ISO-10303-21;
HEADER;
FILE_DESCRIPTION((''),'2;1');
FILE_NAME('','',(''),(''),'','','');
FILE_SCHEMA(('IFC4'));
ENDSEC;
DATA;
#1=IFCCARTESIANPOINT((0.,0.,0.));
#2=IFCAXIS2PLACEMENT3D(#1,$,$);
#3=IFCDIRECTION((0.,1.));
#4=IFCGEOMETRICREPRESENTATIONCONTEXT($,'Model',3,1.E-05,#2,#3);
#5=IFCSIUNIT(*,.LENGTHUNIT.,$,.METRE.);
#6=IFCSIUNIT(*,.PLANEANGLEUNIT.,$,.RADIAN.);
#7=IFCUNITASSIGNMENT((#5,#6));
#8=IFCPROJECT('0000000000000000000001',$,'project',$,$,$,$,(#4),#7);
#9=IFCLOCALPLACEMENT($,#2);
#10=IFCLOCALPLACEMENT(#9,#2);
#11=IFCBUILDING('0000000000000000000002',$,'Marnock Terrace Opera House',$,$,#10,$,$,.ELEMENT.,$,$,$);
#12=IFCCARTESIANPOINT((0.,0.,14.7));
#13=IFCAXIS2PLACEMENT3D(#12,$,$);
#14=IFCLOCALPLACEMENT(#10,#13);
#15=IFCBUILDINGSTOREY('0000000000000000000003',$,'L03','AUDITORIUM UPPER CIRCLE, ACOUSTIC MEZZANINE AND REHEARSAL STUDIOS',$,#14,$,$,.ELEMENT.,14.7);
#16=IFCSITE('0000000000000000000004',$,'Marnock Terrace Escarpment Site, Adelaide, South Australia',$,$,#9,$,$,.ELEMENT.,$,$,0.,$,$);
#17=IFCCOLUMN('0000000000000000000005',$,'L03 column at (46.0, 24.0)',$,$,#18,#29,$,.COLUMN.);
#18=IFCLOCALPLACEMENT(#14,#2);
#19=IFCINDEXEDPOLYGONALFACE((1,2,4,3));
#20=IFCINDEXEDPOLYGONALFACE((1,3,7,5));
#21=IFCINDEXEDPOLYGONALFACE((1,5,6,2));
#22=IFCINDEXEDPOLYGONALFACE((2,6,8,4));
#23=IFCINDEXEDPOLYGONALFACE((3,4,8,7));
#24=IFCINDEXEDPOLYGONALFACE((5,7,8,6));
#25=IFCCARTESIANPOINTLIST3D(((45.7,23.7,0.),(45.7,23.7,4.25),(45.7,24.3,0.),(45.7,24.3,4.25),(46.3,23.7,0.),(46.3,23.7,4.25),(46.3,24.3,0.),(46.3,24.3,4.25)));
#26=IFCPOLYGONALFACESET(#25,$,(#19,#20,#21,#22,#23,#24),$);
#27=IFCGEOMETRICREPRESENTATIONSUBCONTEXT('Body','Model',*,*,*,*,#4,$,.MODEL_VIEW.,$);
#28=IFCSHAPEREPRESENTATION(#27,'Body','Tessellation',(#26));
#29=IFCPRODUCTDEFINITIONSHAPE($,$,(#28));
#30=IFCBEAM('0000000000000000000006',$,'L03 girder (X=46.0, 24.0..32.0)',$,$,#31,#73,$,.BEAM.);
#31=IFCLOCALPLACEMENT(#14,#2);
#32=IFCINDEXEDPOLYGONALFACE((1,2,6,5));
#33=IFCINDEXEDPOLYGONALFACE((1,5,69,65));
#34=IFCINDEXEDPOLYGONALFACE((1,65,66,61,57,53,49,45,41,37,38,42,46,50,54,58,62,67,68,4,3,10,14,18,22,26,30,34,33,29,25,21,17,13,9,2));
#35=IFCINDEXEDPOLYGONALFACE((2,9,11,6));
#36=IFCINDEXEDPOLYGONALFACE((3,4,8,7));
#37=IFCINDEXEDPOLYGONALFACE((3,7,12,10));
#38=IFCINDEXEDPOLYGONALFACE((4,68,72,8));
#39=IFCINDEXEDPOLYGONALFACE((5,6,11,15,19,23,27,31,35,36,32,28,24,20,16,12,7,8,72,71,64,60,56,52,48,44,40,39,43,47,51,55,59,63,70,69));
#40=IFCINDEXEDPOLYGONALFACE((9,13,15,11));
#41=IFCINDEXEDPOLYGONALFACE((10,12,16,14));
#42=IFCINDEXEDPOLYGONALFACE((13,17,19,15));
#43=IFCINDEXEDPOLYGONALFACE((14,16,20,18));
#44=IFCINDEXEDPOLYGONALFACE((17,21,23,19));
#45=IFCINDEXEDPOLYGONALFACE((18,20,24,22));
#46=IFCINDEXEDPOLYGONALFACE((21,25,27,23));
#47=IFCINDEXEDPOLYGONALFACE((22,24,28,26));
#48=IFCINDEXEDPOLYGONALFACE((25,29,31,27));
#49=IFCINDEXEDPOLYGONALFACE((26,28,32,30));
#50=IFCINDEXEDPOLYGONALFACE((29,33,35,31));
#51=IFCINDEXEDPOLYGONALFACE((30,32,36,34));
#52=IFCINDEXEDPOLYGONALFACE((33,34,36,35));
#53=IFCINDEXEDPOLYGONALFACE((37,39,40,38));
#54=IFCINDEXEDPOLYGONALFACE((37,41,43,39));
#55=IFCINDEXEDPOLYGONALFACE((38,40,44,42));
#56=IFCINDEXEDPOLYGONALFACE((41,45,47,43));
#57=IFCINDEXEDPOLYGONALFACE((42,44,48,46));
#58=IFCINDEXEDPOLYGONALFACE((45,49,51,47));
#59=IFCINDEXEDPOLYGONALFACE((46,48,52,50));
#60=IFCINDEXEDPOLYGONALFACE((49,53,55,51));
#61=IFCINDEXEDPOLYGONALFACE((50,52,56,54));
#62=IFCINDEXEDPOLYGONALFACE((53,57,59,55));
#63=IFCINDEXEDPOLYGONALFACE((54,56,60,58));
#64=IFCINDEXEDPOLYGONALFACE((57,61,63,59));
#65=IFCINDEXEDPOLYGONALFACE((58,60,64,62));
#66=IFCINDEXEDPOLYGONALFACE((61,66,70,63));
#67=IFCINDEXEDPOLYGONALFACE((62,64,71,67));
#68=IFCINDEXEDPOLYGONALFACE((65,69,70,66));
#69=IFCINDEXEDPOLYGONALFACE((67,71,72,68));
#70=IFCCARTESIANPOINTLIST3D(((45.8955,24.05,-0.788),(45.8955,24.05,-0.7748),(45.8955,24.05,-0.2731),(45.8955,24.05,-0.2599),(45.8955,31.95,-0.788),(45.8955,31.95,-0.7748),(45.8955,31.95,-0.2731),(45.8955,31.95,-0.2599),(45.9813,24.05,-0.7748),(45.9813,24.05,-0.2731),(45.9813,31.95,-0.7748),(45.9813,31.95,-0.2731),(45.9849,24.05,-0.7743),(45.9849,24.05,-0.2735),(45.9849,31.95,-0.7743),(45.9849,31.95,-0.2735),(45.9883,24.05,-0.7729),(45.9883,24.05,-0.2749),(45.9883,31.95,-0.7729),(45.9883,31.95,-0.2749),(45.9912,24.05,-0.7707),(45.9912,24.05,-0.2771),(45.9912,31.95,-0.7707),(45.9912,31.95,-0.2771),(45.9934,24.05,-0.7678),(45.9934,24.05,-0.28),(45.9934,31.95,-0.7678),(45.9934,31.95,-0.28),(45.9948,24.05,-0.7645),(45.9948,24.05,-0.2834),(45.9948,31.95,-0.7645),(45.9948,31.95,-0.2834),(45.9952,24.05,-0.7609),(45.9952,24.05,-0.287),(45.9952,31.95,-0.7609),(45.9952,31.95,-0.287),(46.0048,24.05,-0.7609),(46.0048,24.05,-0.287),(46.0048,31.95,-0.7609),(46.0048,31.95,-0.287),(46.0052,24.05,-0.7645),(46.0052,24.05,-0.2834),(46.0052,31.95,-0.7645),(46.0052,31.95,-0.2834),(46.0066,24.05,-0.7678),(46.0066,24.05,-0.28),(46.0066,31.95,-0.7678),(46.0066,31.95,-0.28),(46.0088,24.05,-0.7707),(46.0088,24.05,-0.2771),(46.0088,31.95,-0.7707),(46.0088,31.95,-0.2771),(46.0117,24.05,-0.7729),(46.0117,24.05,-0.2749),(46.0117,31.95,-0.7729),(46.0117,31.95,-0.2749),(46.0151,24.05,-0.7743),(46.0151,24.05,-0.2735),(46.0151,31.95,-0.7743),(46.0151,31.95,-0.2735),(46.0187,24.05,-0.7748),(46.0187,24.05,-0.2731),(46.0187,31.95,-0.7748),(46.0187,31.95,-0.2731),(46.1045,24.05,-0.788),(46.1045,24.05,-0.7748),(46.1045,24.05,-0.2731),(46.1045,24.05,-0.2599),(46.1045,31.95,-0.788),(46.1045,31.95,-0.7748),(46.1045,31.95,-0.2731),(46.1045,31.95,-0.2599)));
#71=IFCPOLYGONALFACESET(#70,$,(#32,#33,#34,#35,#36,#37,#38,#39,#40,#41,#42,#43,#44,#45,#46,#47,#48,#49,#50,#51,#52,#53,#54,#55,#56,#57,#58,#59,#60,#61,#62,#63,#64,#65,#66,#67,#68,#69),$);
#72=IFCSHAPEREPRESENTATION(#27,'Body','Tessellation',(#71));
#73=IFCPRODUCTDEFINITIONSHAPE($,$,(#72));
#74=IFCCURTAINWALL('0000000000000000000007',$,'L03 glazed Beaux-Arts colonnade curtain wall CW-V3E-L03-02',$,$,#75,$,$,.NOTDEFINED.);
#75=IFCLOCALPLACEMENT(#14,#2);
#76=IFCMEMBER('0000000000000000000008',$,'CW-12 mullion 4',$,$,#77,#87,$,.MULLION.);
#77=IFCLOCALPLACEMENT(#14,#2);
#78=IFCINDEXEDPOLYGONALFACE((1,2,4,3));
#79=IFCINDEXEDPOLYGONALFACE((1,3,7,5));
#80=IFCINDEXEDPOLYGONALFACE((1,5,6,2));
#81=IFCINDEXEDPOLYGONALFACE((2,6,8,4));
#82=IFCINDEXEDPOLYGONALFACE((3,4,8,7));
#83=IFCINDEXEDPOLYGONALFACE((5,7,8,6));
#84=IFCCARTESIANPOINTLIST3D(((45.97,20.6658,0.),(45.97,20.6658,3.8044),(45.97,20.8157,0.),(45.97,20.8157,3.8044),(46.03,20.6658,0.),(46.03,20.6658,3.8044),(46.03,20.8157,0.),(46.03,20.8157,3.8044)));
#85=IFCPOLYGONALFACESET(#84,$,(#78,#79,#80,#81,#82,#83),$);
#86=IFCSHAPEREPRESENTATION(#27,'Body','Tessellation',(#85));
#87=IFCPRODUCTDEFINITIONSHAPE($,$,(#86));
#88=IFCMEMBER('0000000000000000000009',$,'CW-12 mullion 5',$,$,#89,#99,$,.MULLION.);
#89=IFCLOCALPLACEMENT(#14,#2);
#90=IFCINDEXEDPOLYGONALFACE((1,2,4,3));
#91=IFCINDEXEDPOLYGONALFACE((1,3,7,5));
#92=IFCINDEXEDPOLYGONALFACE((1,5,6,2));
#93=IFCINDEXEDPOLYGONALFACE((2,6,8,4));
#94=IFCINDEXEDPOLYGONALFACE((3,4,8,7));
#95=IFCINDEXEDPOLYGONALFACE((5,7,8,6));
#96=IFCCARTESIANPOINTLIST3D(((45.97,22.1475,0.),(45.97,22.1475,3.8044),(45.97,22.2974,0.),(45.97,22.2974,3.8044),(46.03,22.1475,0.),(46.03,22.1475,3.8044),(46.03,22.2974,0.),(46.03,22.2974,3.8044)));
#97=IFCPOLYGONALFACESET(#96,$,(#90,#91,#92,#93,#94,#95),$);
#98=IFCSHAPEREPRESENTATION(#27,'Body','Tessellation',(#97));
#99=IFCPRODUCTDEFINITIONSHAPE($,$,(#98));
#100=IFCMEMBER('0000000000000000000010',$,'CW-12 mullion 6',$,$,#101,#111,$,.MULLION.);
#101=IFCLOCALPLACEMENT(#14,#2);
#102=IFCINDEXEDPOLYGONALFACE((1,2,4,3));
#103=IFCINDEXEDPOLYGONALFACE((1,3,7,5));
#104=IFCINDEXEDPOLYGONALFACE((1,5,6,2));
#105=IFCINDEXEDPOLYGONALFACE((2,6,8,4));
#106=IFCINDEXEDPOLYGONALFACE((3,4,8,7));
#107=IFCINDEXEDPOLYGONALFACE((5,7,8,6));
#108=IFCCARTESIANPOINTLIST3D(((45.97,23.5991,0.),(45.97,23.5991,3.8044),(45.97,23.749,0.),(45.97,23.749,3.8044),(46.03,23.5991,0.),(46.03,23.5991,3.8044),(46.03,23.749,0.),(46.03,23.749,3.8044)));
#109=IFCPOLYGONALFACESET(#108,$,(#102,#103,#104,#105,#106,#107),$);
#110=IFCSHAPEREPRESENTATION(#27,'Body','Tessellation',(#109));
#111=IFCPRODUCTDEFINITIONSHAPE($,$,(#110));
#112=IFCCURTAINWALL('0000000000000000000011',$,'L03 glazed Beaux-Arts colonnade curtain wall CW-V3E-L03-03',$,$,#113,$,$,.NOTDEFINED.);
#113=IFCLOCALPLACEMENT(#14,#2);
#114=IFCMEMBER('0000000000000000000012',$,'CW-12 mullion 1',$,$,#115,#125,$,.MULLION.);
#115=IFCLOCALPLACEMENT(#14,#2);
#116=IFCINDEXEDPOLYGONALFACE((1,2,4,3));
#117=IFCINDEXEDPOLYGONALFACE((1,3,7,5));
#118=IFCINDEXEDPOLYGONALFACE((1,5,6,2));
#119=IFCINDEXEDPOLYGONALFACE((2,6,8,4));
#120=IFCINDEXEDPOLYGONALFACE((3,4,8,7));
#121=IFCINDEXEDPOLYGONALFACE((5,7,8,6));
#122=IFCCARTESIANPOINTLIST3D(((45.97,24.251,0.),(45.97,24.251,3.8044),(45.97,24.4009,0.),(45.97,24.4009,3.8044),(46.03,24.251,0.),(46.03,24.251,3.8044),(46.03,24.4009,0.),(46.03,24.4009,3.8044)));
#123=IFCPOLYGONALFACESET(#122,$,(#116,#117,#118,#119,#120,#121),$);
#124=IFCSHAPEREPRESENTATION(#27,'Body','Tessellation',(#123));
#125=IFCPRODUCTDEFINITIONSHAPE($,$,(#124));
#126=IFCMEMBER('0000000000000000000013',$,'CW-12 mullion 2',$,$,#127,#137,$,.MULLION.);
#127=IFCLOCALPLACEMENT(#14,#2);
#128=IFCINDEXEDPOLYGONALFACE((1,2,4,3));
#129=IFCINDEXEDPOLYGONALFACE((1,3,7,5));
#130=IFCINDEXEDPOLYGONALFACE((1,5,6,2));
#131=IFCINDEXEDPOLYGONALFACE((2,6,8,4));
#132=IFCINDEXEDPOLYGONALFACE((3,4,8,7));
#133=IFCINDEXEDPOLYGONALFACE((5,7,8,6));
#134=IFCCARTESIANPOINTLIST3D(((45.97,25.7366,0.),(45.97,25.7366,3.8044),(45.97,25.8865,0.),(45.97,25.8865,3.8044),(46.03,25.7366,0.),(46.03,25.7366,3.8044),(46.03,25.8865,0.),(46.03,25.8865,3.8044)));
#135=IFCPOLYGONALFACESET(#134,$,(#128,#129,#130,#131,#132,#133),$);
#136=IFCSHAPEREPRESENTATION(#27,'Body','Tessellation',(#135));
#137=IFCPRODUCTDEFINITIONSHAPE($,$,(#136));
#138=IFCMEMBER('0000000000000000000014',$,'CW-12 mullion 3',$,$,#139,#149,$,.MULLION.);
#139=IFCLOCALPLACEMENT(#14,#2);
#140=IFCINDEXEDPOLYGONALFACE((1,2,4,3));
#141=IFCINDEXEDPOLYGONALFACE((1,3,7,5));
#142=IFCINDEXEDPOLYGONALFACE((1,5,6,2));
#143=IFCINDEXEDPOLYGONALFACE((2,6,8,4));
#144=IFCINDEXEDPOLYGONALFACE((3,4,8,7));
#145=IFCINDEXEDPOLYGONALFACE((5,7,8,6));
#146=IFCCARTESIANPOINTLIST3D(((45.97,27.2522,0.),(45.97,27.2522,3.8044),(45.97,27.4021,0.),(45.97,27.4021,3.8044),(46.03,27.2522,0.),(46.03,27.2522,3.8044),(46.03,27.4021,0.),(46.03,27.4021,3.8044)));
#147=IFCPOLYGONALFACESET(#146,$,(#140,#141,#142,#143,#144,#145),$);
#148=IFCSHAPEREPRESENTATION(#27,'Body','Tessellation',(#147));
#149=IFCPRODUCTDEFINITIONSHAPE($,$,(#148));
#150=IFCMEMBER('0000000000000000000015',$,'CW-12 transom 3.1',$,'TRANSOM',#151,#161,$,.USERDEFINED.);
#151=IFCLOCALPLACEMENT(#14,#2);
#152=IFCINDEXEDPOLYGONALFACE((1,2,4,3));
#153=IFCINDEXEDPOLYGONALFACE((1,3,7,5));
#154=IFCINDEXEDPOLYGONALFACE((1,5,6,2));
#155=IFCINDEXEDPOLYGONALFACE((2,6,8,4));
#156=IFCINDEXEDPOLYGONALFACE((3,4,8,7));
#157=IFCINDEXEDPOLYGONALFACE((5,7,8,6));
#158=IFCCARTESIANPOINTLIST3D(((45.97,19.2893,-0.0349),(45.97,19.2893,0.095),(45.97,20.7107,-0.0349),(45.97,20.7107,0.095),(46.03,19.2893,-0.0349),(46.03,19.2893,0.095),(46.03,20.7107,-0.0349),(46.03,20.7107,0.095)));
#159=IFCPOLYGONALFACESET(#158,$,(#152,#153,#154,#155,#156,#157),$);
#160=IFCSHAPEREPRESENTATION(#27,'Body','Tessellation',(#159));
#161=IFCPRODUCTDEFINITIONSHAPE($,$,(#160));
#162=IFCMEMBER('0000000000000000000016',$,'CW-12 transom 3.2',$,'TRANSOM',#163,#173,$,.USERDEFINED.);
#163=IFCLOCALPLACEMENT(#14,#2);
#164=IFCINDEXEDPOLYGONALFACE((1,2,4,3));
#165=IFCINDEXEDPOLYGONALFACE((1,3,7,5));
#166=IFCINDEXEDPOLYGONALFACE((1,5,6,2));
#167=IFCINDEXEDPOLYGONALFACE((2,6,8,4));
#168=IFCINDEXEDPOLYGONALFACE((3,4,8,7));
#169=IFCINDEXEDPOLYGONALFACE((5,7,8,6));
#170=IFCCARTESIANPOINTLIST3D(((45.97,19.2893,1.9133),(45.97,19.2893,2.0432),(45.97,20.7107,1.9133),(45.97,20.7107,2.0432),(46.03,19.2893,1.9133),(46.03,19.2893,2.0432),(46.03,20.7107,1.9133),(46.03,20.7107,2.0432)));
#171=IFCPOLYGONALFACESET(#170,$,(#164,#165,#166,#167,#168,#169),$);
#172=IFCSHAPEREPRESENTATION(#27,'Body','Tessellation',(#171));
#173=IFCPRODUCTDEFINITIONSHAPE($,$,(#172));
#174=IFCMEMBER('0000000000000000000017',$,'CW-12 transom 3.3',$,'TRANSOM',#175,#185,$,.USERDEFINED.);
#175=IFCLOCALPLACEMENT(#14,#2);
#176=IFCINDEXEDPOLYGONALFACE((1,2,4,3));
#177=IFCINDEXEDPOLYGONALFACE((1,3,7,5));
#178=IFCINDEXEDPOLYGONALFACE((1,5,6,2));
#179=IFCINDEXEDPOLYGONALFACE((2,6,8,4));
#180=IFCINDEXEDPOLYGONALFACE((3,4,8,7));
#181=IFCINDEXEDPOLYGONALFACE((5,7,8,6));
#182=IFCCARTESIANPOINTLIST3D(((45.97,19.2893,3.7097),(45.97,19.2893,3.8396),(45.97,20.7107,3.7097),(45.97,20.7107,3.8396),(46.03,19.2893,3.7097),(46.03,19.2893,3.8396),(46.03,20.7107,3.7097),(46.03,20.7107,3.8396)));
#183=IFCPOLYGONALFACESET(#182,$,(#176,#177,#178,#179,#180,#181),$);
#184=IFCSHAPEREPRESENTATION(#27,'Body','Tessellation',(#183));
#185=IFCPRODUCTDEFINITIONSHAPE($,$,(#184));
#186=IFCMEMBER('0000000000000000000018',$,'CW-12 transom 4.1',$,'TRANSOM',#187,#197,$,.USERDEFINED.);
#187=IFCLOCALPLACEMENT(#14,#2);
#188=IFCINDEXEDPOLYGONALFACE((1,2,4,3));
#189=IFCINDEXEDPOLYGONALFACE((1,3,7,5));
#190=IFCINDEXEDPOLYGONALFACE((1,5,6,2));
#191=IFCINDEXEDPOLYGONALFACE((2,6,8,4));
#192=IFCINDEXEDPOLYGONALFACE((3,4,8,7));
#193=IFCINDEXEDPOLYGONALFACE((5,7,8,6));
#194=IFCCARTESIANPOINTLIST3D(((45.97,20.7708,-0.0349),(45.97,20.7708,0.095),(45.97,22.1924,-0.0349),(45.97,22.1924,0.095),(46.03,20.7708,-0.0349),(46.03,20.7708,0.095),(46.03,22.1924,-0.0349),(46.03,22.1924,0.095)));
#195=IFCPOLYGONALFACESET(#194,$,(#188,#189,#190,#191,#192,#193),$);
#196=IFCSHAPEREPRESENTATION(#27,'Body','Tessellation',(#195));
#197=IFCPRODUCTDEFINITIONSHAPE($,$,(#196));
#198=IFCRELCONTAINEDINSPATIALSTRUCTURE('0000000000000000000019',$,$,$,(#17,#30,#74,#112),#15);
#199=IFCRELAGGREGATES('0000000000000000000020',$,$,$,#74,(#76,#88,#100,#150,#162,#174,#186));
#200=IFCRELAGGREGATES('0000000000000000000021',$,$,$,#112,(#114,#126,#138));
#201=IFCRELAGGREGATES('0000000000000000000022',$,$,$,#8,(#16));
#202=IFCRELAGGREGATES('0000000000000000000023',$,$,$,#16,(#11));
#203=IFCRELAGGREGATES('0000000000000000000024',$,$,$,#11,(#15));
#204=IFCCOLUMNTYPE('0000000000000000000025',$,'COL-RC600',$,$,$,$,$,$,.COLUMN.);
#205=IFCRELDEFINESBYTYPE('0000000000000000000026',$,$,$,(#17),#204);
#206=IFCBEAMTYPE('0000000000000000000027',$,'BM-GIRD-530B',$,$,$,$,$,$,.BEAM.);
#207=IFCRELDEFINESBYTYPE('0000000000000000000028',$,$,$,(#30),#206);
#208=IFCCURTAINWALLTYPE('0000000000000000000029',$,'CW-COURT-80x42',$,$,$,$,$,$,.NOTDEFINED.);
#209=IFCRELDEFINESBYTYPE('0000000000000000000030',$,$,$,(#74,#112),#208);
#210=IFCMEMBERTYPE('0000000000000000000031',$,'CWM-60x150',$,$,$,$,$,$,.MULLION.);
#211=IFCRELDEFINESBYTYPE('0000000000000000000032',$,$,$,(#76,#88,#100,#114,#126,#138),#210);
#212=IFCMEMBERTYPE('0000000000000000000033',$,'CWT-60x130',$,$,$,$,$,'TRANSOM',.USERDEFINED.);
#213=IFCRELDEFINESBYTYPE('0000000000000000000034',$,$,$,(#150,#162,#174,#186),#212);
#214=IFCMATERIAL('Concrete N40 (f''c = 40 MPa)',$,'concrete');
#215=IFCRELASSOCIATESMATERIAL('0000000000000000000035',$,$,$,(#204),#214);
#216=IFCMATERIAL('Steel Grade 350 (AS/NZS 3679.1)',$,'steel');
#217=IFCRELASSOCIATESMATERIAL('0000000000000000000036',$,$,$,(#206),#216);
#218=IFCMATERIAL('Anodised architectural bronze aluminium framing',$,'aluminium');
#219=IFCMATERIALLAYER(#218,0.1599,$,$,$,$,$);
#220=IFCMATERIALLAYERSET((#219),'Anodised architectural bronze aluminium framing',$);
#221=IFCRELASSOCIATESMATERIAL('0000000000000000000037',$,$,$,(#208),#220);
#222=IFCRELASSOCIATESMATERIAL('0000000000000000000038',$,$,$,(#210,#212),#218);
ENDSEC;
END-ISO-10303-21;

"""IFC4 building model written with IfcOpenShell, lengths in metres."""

from ifc_helpers import new_model, si_unit, direction, frame, origin, origin_2d, place, context, subcontext, project, spatial, rectangle, i_section, extrude, material, layer, layer_set, material_profile, profile_set, type_object, element, aggregate, save


model = new_model("IFC4")

# Units and contexts
model_context = context("Model", 3, precision=1e-05, world=origin(), true_north=direction((0.0, 1.0)))
body_context = subcontext(model_context, "Body", "Model", "MODEL_VIEW")
ifc_project = project(units=[si_unit("LENGTHUNIT", "METRE"), si_unit("PLANEANGLEUNIT", "RADIAN")], contexts=[model_context])

# Site, building, storey
site_placement = place(None, origin())
site = spatial("IfcSite", under=ifc_project, at=site_placement, Name="Marnock Terrace Escarpment Site, Adelaide, South Australia", CompositionType="ELEMENT", RefElevation=0.0)
building_placement = place(site_placement, origin())
building = spatial("IfcBuilding", under=site, at=building_placement, Name="Marnock Terrace Opera House", CompositionType="ELEMENT")
storey_placement = place(building_placement, frame((0.0, 0.0, 14.7)))
storey = spatial("IfcBuildingStorey", under=building, at=storey_placement, Name="L03", Description="AUDITORIUM UPPER CIRCLE, ACOUSTIC MEZZANINE AND REHEARSAL STUDIOS", CompositionType="ELEMENT", Elevation=14.7)

# Column
ifc_material_1 = material(Name="Concrete N40 (f'c = 40 MPa)", Category="concrete")
ifc_material_profile_1 = material_profile(ifc_material_1, rectangle(XDim=0.6001, YDim=0.6001, at=origin_2d()))
ifc_profile_set_1 = profile_set([ifc_material_profile_1], Name="Concrete N40 (f'c = 40 MPa)")
column_type = type_object("IfcColumnType", Name="COL-RC600", PredefinedType="COLUMN", material=ifc_profile_set_1)
column_placement = place(storey_placement, frame((46.0, 24.0, 0.0), z_axis=(0.0, 0.0, 1.0), x_axis=(1.0, 0.0, 0.0)))
element("IfcColumn", 1, at=column_placement, inside=storey, type_object=column_type, Name="L03 column at (46.0, 24.0)", PredefinedType="COLUMN", context=body_context, shape_type="SweptSolid", body=[
    extrude(rectangle(XDim=0.6001, YDim=0.6001, at=origin_2d()), origin(), (0.0, 0.0, 1.0), 4.25),
])

# Beam
ifc_material_2 = material(Name="Steel Grade 350 (AS/NZS 3679.1)", Category="steel")
ifc_material_profile_2 = material_profile(ifc_material_2, i_section(OverallWidth=0.209, OverallDepth=0.5281, WebThickness=0.0095, FlangeThickness=0.0132, FilletRadius=0.0139, at=origin_2d()))
ifc_profile_set_2 = profile_set([ifc_material_profile_2], Name="Steel Grade 350 (AS/NZS 3679.1)")
beam_type = type_object("IfcBeamType", Name="BM-GIRD-530B", PredefinedType="BEAM", material=ifc_profile_set_2)
beam_placement = place(storey_placement, frame((46.0, 24.05, -0.5239), z_axis=(0.0, 1.0, 0.0), x_axis=(-1.0, 0.0, 0.0)))
element("IfcBeam", 2, at=beam_placement, inside=storey, type_object=beam_type, Name="L03 girder (X=46.0, 24.0..32.0)", PredefinedType="BEAM", context=body_context, shape_type="SweptSolid", body=[
    extrude(i_section(OverallWidth=0.209, OverallDepth=0.5281, WebThickness=0.0095, FlangeThickness=0.0132, FilletRadius=0.0139, at=origin_2d()), origin(), (0.0, 0.0, 1.0), 7.8999),
])

# Curtain walls, members
ifc_material_3 = material(Name="Anodised architectural bronze aluminium framing", Category="aluminium")
ifc_layer_1 = layer(ifc_material_3, 0.1599)
ifc_layer_set_1 = layer_set([ifc_layer_1], Name="Anodised architectural bronze aluminium framing")
curtain_wall_type = type_object("IfcCurtainWallType", Name="CW-COURT-80x42", PredefinedType="NOTDEFINED", material=ifc_layer_set_1)
curtain_wall_1_placement = place(storey_placement, origin())
curtain_wall_1 = element("IfcCurtainWall", 3, at=curtain_wall_1_placement, inside=storey, type_object=curtain_wall_type, Name="L03 glazed Beaux-Arts colonnade curtain wall CW-V3E-L03-02", PredefinedType="NOTDEFINED")
ifc_material_profile_3 = material_profile(ifc_material_3, rectangle(XDim=0.0601, YDim=0.1499, at=origin_2d()))
ifc_profile_set_3 = profile_set([ifc_material_profile_3], Name="Anodised architectural bronze aluminium framing")
member_type_1 = type_object("IfcMemberType", Name="CWM-60x150", PredefinedType="MULLION", material=ifc_profile_set_3)
member_1_placement = place(storey_placement, frame((46.0, 20.7407, 0.0), z_axis=(0.0, 0.0, 1.0), x_axis=(-1.0, 0.0, 0.0)))
member_1 = element("IfcMember", 4, at=member_1_placement, type_object=member_type_1, Name="CW-12 mullion 4", PredefinedType="MULLION", context=body_context, shape_type="SweptSolid", body=[
    extrude(rectangle(XDim=0.0601, YDim=0.1499, at=origin_2d()), origin(), (0.0, 0.0, 1.0), 3.8044),
])
member_2_placement = place(storey_placement, frame((46.0, 22.2224, 0.0), z_axis=(0.0, 0.0, 1.0), x_axis=(-1.0, 0.0, 0.0)))
member_2 = element("IfcMember", 5, at=member_2_placement, type_object=member_type_1, Name="CW-12 mullion 5", PredefinedType="MULLION", context=body_context, shape_type="SweptSolid", body=[
    extrude(rectangle(XDim=0.0601, YDim=0.1499, at=origin_2d()), origin(), (0.0, 0.0, 1.0), 3.8044),
])
member_3_placement = place(storey_placement, frame((46.0, 23.6741, 0.0), z_axis=(0.0, 0.0, 1.0), x_axis=(-1.0, 0.0, 0.0)))
member_3 = element("IfcMember", 6, at=member_3_placement, type_object=member_type_1, Name="CW-12 mullion 6", PredefinedType="MULLION", context=body_context, shape_type="SweptSolid", body=[
    extrude(rectangle(XDim=0.0601, YDim=0.1499, at=origin_2d()), origin(), (0.0, 0.0, 1.0), 3.8044),
])
curtain_wall_2_placement = place(storey_placement, origin())
curtain_wall_2 = element("IfcCurtainWall", 7, at=curtain_wall_2_placement, inside=storey, type_object=curtain_wall_type, Name="L03 glazed Beaux-Arts colonnade curtain wall CW-V3E-L03-03", PredefinedType="NOTDEFINED")
member_4_placement = place(storey_placement, frame((46.0, 24.3259, 0.0), z_axis=(0.0, 0.0, 1.0), x_axis=(-1.0, 0.0, 0.0)))
member_4 = element("IfcMember", 8, at=member_4_placement, type_object=member_type_1, Name="CW-12 mullion 1", PredefinedType="MULLION", context=body_context, shape_type="SweptSolid", body=[
    extrude(rectangle(XDim=0.0601, YDim=0.1499, at=origin_2d()), origin(), (0.0, 0.0, 1.0), 3.8044),
])
member_5_placement = place(storey_placement, frame((46.0, 25.8115, 0.0), z_axis=(0.0, 0.0, 1.0), x_axis=(-1.0, 0.0, 0.0)))
member_5 = element("IfcMember", 9, at=member_5_placement, type_object=member_type_1, Name="CW-12 mullion 2", PredefinedType="MULLION", context=body_context, shape_type="SweptSolid", body=[
    extrude(rectangle(XDim=0.0601, YDim=0.1499, at=origin_2d()), origin(), (0.0, 0.0, 1.0), 3.8044),
])
member_6_placement = place(storey_placement, frame((46.0, 27.3271, 0.0), z_axis=(0.0, 0.0, 1.0), x_axis=(-1.0, 0.0, 0.0)))
member_6 = element("IfcMember", 10, at=member_6_placement, type_object=member_type_1, Name="CW-12 mullion 3", PredefinedType="MULLION", context=body_context, shape_type="SweptSolid", body=[
    extrude(rectangle(XDim=0.0601, YDim=0.1499, at=origin_2d()), origin(), (0.0, 0.0, 1.0), 3.8044),
])

# Members
ifc_material_profile_4 = material_profile(ifc_material_3, rectangle(XDim=0.0601, YDim=0.1299, at=origin_2d()))
ifc_profile_set_4 = profile_set([ifc_material_profile_4], Name="Anodised architectural bronze aluminium framing")
member_type_2 = type_object("IfcMemberType", Name="CWT-60x130", ElementType="TRANSOM", PredefinedType="USERDEFINED", material=ifc_profile_set_4)
member_7_placement = place(storey_placement, frame((46.0, 19.2893, 0.03), z_axis=(0.0, 1.0, 0.0), x_axis=(-1.0, 0.0, 0.0)))
member_7 = element("IfcMember", 11, at=member_7_placement, type_object=member_type_2, Name="CW-12 transom 3.1", ObjectType="TRANSOM", PredefinedType="USERDEFINED", context=body_context, shape_type="SweptSolid", body=[
    extrude(rectangle(XDim=0.0601, YDim=0.1299, at=origin_2d()), origin(), (0.0, 0.0, 1.0), 1.4214),
])
member_8_placement = place(storey_placement, frame((46.0, 19.2893, 1.9783), z_axis=(0.0, 1.0, 0.0), x_axis=(-1.0, 0.0, 0.0)))
member_8 = element("IfcMember", 12, at=member_8_placement, type_object=member_type_2, Name="CW-12 transom 3.2", ObjectType="TRANSOM", PredefinedType="USERDEFINED", context=body_context, shape_type="SweptSolid", body=[
    extrude(rectangle(XDim=0.0601, YDim=0.1299, at=origin_2d()), origin(), (0.0, 0.0, 1.0), 1.4214),
])
member_9_placement = place(storey_placement, frame((46.0, 19.2893, 3.7747), z_axis=(0.0, 1.0, 0.0), x_axis=(-1.0, 0.0, 0.0)))
member_9 = element("IfcMember", 13, at=member_9_placement, type_object=member_type_2, Name="CW-12 transom 3.3", ObjectType="TRANSOM", PredefinedType="USERDEFINED", context=body_context, shape_type="SweptSolid", body=[
    extrude(rectangle(XDim=0.0601, YDim=0.1299, at=origin_2d()), origin(), (0.0, 0.0, 1.0), 1.4214),
])
member_10_placement = place(storey_placement, frame((46.0, 20.7708, 0.03), z_axis=(0.0, 1.0, 0.0), x_axis=(-1.0, 0.0, 0.0)))
member_10 = element("IfcMember", 14, at=member_10_placement, type_object=member_type_2, Name="CW-12 transom 4.1", ObjectType="TRANSOM", PredefinedType="USERDEFINED", context=body_context, shape_type="SweptSolid", body=[
    extrude(rectangle(XDim=0.0601, YDim=0.1299, at=origin_2d()), origin(), (0.0, 0.0, 1.0), 1.4216),
])

aggregate(curtain_wall_1, [member_1, member_2, member_3, member_7, member_8, member_9, member_10])
aggregate(curtain_wall_2, [member_4, member_5, member_6])

save(model, "model.ifc")
